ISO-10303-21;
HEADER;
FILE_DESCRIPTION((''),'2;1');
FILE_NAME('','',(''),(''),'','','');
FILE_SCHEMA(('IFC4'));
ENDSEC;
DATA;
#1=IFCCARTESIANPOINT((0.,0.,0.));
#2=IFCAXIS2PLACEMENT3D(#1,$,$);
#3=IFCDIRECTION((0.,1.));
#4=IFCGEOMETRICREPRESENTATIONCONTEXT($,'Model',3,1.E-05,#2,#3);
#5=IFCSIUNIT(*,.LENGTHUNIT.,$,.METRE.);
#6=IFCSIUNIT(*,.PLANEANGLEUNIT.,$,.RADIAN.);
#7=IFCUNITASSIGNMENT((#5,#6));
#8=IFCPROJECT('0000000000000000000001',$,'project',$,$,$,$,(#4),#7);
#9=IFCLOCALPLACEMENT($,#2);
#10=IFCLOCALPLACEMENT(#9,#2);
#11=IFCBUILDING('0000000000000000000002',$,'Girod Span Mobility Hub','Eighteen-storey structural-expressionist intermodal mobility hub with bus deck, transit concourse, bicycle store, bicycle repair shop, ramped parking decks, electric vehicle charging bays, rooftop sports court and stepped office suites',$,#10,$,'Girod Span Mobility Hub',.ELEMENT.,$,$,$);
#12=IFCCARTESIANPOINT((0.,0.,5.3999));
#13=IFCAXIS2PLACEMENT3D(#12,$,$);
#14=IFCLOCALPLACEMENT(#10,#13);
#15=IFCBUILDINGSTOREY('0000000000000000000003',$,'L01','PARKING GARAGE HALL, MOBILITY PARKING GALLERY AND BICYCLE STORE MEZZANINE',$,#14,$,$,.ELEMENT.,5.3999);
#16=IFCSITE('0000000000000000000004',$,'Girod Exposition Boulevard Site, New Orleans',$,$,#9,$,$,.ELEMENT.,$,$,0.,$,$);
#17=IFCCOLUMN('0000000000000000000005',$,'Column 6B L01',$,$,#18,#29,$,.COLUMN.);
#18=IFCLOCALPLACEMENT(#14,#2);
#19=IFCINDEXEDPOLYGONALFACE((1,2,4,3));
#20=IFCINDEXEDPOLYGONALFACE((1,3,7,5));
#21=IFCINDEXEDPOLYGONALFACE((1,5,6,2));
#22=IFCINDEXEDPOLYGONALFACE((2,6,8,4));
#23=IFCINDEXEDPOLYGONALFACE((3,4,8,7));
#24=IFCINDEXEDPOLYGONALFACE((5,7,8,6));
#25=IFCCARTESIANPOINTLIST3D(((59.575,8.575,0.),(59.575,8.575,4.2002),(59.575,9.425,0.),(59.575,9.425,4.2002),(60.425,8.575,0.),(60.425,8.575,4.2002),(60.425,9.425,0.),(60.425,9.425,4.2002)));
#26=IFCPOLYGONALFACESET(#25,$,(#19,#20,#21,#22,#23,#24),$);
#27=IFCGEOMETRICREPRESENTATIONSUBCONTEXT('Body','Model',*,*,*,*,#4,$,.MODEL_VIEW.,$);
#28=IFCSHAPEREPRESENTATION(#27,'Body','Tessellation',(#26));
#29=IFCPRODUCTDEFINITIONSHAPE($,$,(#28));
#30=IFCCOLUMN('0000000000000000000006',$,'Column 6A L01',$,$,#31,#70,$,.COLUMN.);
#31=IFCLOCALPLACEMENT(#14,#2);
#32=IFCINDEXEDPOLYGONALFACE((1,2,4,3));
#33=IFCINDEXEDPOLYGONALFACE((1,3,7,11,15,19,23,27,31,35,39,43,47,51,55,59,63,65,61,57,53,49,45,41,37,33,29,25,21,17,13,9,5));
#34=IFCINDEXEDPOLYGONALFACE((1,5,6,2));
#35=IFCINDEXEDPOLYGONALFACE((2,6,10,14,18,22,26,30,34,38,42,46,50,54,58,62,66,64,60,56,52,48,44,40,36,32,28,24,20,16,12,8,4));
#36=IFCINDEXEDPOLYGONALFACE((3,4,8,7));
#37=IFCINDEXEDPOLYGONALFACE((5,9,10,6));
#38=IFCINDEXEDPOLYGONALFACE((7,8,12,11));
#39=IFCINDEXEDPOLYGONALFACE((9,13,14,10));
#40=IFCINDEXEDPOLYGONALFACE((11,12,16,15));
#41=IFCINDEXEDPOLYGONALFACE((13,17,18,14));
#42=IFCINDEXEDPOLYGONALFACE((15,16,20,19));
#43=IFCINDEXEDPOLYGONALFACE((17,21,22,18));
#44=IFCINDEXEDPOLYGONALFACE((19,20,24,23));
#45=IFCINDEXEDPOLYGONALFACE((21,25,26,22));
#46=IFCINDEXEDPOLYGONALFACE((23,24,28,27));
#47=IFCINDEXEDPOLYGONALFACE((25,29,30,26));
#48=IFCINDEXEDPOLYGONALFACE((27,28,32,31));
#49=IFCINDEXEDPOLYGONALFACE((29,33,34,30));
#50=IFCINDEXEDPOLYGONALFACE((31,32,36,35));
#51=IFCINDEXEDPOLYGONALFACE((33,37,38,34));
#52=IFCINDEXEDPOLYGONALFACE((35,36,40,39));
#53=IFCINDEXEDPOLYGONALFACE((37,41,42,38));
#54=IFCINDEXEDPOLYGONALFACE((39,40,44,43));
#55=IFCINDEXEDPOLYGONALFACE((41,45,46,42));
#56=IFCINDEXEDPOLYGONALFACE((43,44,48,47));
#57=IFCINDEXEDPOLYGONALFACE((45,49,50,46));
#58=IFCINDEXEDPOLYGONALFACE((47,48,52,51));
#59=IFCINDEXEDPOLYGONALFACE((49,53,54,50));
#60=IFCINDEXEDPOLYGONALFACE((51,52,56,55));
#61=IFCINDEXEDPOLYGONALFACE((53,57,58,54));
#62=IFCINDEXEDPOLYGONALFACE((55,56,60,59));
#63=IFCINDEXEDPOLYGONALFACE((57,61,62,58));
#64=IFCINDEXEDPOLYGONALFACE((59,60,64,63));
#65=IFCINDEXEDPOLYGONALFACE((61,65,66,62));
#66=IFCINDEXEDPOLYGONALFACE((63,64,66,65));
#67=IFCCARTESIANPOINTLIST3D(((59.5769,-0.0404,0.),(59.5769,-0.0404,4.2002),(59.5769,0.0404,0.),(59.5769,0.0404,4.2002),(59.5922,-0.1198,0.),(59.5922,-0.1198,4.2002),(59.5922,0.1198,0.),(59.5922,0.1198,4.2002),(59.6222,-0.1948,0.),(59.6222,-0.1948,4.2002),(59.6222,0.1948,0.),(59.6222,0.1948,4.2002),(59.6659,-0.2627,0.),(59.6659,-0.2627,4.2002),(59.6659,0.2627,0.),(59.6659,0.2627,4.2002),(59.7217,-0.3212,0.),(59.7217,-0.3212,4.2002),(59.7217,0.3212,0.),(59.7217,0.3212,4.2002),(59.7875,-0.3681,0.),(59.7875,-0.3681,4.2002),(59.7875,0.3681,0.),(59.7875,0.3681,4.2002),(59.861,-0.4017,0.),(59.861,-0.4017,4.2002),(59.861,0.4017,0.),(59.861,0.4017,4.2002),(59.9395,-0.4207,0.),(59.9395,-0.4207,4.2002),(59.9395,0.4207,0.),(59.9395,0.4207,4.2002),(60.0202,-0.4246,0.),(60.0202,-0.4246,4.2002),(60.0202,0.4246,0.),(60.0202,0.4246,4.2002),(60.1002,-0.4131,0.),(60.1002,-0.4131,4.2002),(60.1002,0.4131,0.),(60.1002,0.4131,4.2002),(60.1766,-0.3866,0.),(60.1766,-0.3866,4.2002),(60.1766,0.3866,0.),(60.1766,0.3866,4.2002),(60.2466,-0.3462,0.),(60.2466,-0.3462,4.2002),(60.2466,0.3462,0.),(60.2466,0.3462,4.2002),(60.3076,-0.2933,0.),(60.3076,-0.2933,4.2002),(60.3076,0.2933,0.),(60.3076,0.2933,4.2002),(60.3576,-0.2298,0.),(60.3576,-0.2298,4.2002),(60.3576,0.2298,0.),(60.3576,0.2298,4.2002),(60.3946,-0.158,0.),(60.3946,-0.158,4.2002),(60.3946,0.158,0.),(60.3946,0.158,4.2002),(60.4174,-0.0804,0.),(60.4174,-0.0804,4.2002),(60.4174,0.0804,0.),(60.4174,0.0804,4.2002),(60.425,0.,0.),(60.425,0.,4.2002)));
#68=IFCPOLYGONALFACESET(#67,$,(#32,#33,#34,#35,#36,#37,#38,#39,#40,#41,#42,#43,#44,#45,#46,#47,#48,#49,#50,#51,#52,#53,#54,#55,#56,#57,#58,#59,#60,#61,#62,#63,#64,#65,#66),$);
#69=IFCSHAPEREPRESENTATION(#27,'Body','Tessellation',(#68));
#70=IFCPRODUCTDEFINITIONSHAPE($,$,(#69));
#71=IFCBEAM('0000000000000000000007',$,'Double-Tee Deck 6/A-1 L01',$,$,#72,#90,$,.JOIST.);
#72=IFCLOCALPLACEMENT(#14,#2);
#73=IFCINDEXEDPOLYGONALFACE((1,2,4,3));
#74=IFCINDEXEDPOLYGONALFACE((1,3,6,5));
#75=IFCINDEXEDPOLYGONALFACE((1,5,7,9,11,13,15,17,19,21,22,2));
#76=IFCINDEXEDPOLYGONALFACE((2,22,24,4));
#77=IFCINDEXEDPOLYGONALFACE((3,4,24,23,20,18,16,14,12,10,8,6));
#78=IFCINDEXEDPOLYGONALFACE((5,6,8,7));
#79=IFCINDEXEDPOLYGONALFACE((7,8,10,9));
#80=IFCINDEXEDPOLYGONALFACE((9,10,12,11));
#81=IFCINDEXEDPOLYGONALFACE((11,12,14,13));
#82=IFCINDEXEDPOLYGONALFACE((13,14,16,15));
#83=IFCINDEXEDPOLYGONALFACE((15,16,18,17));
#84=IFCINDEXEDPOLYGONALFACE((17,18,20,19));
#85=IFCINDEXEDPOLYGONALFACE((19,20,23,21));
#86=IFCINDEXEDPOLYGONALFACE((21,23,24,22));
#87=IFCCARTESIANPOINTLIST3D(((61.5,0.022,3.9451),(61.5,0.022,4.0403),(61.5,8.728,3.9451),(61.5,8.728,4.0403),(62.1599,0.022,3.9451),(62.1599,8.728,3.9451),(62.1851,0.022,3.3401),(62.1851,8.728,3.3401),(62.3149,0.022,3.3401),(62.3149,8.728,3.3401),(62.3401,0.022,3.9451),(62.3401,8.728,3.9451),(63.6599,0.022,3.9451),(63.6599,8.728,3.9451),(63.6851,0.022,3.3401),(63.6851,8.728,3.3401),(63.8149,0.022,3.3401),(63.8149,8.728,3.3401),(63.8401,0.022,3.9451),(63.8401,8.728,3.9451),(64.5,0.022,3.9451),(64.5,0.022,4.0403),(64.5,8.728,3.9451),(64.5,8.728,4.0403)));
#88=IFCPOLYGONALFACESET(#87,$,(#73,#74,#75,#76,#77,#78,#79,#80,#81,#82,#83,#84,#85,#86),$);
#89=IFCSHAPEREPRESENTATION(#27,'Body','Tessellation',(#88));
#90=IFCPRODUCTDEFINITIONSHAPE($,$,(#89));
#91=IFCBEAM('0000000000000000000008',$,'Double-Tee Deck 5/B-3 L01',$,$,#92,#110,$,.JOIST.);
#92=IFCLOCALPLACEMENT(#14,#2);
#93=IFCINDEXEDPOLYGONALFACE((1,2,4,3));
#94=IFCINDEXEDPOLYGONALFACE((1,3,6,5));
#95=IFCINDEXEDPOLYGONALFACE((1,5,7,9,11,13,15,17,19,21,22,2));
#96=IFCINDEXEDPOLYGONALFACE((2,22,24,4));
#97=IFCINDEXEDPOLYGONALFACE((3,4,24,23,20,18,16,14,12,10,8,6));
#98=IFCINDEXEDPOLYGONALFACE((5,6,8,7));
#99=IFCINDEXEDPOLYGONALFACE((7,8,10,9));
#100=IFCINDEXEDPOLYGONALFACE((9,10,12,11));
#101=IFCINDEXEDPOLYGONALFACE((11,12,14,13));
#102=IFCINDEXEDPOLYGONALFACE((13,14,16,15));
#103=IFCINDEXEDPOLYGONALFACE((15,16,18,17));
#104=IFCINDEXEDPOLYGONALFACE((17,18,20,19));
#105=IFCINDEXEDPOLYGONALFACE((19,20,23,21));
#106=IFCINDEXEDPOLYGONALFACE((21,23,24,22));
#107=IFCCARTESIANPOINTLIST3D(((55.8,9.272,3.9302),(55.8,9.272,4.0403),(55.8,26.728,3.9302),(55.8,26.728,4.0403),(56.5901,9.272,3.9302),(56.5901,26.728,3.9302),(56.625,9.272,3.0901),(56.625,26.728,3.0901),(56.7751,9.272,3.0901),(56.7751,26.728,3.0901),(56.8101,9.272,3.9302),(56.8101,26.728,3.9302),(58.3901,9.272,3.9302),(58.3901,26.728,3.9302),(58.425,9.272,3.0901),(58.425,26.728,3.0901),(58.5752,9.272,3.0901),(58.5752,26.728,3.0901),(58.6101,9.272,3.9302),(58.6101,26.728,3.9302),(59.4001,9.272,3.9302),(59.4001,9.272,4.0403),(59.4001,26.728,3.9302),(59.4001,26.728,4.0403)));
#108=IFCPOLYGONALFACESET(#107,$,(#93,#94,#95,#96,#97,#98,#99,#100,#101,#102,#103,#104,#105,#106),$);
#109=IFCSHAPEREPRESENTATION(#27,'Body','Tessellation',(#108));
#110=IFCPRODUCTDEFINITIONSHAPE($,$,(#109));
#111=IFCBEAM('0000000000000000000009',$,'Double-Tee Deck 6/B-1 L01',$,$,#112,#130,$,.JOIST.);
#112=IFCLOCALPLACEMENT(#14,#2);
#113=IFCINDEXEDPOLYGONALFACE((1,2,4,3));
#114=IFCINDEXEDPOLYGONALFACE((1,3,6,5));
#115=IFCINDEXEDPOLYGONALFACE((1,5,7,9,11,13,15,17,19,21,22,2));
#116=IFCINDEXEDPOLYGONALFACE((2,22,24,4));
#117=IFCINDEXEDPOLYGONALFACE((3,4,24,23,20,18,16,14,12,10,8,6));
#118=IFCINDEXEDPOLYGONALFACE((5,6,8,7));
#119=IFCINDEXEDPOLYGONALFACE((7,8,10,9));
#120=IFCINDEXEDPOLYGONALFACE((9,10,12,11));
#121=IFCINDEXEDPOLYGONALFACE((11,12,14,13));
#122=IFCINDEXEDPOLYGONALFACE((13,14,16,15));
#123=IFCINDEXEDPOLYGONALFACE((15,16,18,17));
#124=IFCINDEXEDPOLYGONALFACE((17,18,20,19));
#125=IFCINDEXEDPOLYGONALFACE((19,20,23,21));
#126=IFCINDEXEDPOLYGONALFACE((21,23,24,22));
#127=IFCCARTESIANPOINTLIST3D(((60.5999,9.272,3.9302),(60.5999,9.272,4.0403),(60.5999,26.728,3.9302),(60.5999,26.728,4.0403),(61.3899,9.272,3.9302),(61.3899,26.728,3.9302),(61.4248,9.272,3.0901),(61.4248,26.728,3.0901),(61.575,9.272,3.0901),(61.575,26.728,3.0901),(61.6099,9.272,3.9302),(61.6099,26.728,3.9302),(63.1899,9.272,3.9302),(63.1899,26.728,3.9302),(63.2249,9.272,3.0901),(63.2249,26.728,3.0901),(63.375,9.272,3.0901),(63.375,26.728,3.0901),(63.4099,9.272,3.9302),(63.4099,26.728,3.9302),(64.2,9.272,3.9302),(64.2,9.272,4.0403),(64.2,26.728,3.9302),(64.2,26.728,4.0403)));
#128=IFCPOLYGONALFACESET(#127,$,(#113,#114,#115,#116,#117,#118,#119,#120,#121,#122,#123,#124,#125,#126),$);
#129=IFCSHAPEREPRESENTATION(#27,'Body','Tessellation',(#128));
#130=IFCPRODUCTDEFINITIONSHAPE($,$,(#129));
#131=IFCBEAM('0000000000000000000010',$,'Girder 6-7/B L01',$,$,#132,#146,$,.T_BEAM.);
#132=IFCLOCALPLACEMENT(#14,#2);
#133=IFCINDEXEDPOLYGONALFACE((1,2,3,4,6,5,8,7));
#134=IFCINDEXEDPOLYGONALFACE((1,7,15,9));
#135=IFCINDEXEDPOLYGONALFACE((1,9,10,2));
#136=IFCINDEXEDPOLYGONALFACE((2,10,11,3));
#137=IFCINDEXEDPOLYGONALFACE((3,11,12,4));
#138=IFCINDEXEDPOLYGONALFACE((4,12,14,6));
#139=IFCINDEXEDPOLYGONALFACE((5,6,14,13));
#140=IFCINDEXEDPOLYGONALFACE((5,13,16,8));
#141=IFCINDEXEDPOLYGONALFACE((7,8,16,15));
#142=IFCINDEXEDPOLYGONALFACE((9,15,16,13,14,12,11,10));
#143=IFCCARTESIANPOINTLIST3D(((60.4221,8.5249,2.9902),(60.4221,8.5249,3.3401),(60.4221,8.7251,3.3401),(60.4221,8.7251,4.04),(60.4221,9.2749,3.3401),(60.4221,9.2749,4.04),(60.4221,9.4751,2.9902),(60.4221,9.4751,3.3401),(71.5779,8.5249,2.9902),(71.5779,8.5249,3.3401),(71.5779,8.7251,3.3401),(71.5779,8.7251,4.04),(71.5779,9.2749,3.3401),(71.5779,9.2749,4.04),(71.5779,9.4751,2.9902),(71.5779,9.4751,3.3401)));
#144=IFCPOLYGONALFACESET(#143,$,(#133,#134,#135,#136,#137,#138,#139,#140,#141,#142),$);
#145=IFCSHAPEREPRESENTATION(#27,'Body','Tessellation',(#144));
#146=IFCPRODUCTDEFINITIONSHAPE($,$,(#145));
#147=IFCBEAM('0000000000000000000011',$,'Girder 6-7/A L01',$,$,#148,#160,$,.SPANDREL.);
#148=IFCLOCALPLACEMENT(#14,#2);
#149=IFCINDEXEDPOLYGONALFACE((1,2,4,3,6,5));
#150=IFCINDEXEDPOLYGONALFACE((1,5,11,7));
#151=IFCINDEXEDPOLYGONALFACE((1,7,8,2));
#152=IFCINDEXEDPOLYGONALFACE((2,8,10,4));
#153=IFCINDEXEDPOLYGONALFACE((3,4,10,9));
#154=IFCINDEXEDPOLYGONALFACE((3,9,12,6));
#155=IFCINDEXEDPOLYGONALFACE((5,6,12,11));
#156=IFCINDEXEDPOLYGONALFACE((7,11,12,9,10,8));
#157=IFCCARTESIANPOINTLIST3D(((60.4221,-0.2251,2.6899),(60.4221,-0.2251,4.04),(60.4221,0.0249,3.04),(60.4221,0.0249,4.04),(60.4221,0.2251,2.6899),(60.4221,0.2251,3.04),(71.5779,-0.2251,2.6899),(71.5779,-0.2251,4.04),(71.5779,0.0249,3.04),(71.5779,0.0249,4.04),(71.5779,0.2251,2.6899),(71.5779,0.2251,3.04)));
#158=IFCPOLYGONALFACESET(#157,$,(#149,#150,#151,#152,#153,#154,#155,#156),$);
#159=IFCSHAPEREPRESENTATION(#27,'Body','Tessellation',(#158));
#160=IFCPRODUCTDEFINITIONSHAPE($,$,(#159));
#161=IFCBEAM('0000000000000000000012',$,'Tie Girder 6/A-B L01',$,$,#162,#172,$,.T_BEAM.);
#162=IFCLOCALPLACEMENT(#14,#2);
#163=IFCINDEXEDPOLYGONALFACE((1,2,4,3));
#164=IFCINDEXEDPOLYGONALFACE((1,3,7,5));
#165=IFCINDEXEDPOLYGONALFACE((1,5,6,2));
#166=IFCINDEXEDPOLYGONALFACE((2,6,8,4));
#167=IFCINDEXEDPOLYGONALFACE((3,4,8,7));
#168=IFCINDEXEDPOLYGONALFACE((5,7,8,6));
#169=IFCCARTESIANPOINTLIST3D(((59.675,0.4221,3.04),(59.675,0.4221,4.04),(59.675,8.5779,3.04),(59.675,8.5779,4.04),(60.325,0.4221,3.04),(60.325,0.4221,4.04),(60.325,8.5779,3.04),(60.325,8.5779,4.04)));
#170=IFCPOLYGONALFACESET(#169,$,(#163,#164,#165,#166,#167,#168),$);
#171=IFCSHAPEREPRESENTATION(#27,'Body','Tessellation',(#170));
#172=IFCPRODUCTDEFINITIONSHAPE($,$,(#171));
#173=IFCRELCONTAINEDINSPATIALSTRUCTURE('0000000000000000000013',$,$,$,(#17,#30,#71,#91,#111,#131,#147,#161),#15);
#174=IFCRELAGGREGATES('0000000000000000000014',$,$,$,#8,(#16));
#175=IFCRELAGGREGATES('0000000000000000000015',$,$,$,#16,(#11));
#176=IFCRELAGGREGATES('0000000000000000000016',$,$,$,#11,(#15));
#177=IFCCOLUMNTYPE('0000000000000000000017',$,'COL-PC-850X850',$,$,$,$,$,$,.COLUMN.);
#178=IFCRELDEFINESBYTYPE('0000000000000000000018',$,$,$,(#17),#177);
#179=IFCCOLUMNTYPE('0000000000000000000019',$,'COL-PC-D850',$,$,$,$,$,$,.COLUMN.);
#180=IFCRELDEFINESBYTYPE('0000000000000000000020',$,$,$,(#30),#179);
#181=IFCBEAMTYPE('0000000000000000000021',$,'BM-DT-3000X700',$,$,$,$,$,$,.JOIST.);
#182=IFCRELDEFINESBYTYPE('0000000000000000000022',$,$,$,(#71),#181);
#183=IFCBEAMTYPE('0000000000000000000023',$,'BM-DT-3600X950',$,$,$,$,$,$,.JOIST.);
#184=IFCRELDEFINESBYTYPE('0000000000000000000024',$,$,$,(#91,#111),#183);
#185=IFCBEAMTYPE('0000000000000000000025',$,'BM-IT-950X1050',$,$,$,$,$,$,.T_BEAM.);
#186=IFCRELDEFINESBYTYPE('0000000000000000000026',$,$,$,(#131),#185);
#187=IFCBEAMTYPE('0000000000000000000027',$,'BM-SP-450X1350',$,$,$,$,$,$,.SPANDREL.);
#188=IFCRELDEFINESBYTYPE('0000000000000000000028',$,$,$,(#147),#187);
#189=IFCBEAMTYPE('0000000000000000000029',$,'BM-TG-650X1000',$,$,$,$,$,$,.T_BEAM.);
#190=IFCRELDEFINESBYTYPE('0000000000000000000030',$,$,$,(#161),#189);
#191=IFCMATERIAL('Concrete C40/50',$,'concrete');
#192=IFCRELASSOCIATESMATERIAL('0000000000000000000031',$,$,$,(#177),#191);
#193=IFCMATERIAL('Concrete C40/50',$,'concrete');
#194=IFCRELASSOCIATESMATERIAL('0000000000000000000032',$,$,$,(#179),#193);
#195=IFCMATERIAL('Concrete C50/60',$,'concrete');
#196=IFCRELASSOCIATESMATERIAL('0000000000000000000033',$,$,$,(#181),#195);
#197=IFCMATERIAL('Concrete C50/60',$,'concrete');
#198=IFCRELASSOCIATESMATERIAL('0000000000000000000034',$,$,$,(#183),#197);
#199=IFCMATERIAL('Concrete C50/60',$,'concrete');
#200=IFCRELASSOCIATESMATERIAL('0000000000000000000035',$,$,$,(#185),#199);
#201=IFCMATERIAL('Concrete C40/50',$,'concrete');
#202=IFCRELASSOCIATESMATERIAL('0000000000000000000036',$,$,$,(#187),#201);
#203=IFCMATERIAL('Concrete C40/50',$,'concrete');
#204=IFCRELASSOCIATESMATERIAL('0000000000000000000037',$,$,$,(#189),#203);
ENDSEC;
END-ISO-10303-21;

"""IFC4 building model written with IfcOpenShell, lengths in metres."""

from ifc_helpers import new_model, si_unit, direction, frame, origin, origin_2d, place, context, subcontext, project, spatial, polyline, rectangle, circle, outline, extrude, material, material_profile, profile_set, type_object, element, save


model = new_model("IFC4")

# Units and contexts
model_context = context("Model", 3, precision=1e-05, world=origin(), true_north=direction((0.0, 1.0)))
body_context = subcontext(model_context, "Body", "Model", "MODEL_VIEW")
ifc_project = project(units=[si_unit("LENGTHUNIT", "METRE"), si_unit("PLANEANGLEUNIT", "RADIAN")], contexts=[model_context])

# Site, building, storey
site_placement = place(None, origin())
site = spatial("IfcSite", under=ifc_project, at=site_placement, Name="Girod Exposition Boulevard Site, New Orleans", CompositionType="ELEMENT", RefElevation=0.0)
building_placement = place(site_placement, origin())
building = spatial("IfcBuilding", under=site, at=building_placement, Name="Girod Span Mobility Hub", Description="Eighteen-storey structural-expressionist intermodal mobility hub with bus deck, transit concourse, bicycle store, bicycle repair shop, ramped parking decks, electric vehicle charging bays, rooftop sports court and stepped office suites", LongName="Girod Span Mobility Hub", CompositionType="ELEMENT")
storey_placement = place(building_placement, frame((0.0, 0.0, 5.3999)))
storey = spatial("IfcBuildingStorey", under=building, at=storey_placement, Name="L01", Description="PARKING GARAGE HALL, MOBILITY PARKING GALLERY AND BICYCLE STORE MEZZANINE", CompositionType="ELEMENT", Elevation=5.3999)

# Columns
ifc_material_1 = material(Name="Concrete C40/50", Category="concrete")
ifc_material_profile_1 = material_profile(ifc_material_1, rectangle(XDim=0.8501, YDim=0.8501, at=origin_2d()), Name="PC-COL-850X850")
ifc_profile_set_1 = profile_set([ifc_material_profile_1], Name="Concrete C40/50")
column_type_1 = type_object("IfcColumnType", Name="COL-PC-850X850", PredefinedType="COLUMN", material=ifc_profile_set_1)
column_1_placement = place(storey_placement, frame((60.0, 9.0, 0.0), z_axis=(0.0, 0.0, 1.0), x_axis=(1.0, 0.0, 0.0)))
element("IfcColumn", 1, at=column_1_placement, inside=storey, type_object=column_type_1, Name="Column 6B L01", PredefinedType="COLUMN", context=body_context, shape_type="SweptSolid", body=[
    extrude(rectangle(XDim=0.8501, YDim=0.8501, at=origin_2d()), origin(), (0.0, 0.0, 1.0), 4.2002),
])
ifc_material_2 = material(Name="Concrete C40/50", Category="concrete")
ifc_material_profile_2 = material_profile(ifc_material_2, circle(Radius=0.425, at=origin_2d()), Name="PC-CIR-D850")
ifc_profile_set_2 = profile_set([ifc_material_profile_2], Name="Concrete C40/50")
column_type_2 = type_object("IfcColumnType", Name="COL-PC-D850", PredefinedType="COLUMN", material=ifc_profile_set_2)
column_2_placement = place(storey_placement, frame((60.0, 0.0, 0.0), z_axis=(0.0, 0.0, 1.0), x_axis=(1.0, 0.0, 0.0)))
element("IfcColumn", 2, at=column_2_placement, inside=storey, type_object=column_type_2, Name="Column 6A L01", PredefinedType="COLUMN", context=body_context, shape_type="SweptSolid", body=[
    extrude(circle(Radius=0.425, at=origin_2d()), origin(), (0.0, 0.0, 1.0), 4.2002),
])

# Beams
ifc_material_3 = material(Name="Concrete C50/60", Category="concrete")
ifc_material_profile_3 = material_profile(ifc_material_3, outline(polyline([(-1.5, 0.3501), (-1.5, 0.2549), (-0.8401, 0.2549), (-0.8149, -0.3501), (-0.6851, -0.3501), (-0.6599, 0.2549), (0.6599, 0.2549), (0.6851, -0.3501), (0.8149, -0.3501), (0.8401, 0.2549), (1.5, 0.2549), (1.5, 0.3501), (-1.5, 0.3501)])), Name="DT-3000X700")
ifc_profile_set_3 = profile_set([ifc_material_profile_3], Name="Concrete C50/60")
beam_type_1 = type_object("IfcBeamType", Name="BM-DT-3000X700", PredefinedType="JOIST", material=ifc_profile_set_3)
beam_1_placement = place(storey_placement, frame((63.0, 0.022, 3.6902), z_axis=(0.0, 1.0, 0.0), x_axis=(-1.0, 0.0, 0.0)))
element("IfcBeam", 3, at=beam_1_placement, inside=storey, type_object=beam_type_1, Name="Double-Tee Deck 6/A-1 L01", PredefinedType="JOIST", context=body_context, shape_type="SweptSolid", body=[
    extrude(outline(polyline([(-1.5, 0.3501), (-1.5, 0.2549), (-0.8401, 0.2549), (-0.8149, -0.3501), (-0.6851, -0.3501), (-0.6599, 0.2549), (0.6599, 0.2549), (0.6851, -0.3501), (0.8149, -0.3501), (0.8401, 0.2549), (1.5, 0.2549), (1.5, 0.3501), (-1.5, 0.3501)])), origin(), (0.0, 0.0, 1.0), 8.7061),
])
ifc_material_4 = material(Name="Concrete C50/60", Category="concrete")
ifc_material_profile_4 = material_profile(ifc_material_4, outline(polyline([(-1.8, 0.4751), (-1.8, 0.365), (-1.01, 0.365), (-0.9751, -0.4751), (-0.825, -0.4751), (-0.79, 0.365), (0.79, 0.365), (0.825, -0.4751), (0.9751, -0.4751), (1.01, 0.365), (1.8, 0.365), (1.8, 0.4751), (-1.8, 0.4751)])), Name="DT-3600X950")
ifc_profile_set_4 = profile_set([ifc_material_profile_4], Name="Concrete C50/60")
beam_type_2 = type_object("IfcBeamType", Name="BM-DT-3600X950", PredefinedType="JOIST", material=ifc_profile_set_4)
for number, where, z_axis, x_axis, name in (
    (4, (57.6001, 9.272, 3.5652), (0.0, 1.0, 0.0), (-1.0, 0.0, 0.0), "Double-Tee Deck 5/B-3 L01"),
    (5, (62.3999, 9.272, 3.5652), (0.0, 1.0, 0.0), (-1.0, 0.0, 0.0), "Double-Tee Deck 6/B-1 L01"),
):
    element("IfcBeam", number, at=place(storey_placement, frame(where, z_axis=z_axis, x_axis=x_axis)), inside=storey, type_object=beam_type_2, Name=name, PredefinedType="JOIST", context=body_context, shape_type="SweptSolid", body=[
        extrude(outline(polyline([(-1.8, 0.4751), (-1.8, 0.365), (-1.01, 0.365), (-0.9751, -0.4751), (-0.825, -0.4751), (-0.79, 0.365), (0.79, 0.365), (0.825, -0.4751), (0.9751, -0.4751), (1.01, 0.365), (1.8, 0.365), (1.8, 0.4751), (-1.8, 0.4751)])), origin(), (0.0, 0.0, 1.0), 17.4561),
    ])
ifc_material_5 = material(Name="Concrete C50/60", Category="concrete")
ifc_material_profile_5 = material_profile(ifc_material_5, outline(polyline([(-0.4751, -0.5249), (0.4751, -0.5249), (0.4751, -0.175), (0.2749, -0.175), (0.2749, 0.5249), (-0.2749, 0.5249), (-0.2749, -0.175), (-0.4751, -0.175), (-0.4751, -0.5249)])), Name="IT-950X1050")
ifc_profile_set_5 = profile_set([ifc_material_profile_5], Name="Concrete C50/60")
beam_type_3 = type_object("IfcBeamType", Name="BM-IT-950X1050", PredefinedType="T_BEAM", material=ifc_profile_set_5)
beam_2_placement = place(storey_placement, frame((60.4221, 9.0, 3.5151), z_axis=(1.0, 0.0, 0.0), x_axis=(0.0, 1.0, 0.0)))
element("IfcBeam", 6, at=beam_2_placement, inside=storey, type_object=beam_type_3, Name="Girder 6-7/B L01", PredefinedType="T_BEAM", context=body_context, shape_type="SweptSolid", body=[
    extrude(outline(polyline([(-0.4751, -0.5249), (0.4751, -0.5249), (0.4751, -0.175), (0.2749, -0.175), (0.2749, 0.5249), (-0.2749, 0.5249), (-0.2749, -0.175), (-0.4751, -0.175), (-0.4751, -0.5249)])), origin(), (0.0, 0.0, 1.0), 11.1558),
])
ifc_material_6 = material(Name="Concrete C40/50", Category="concrete")
ifc_material_profile_6 = material_profile(ifc_material_6, outline(polyline([(-0.2251, -0.675), (0.2251, -0.675), (0.2251, -0.325), (0.0249, -0.325), (0.0249, 0.675), (-0.2251, 0.675), (-0.2251, -0.675)])), Name="SP-450X1350")
ifc_profile_set_6 = profile_set([ifc_material_profile_6], Name="Concrete C40/50")
beam_type_4 = type_object("IfcBeamType", Name="BM-SP-450X1350", PredefinedType="SPANDREL", material=ifc_profile_set_6)
beam_3_placement = place(storey_placement, frame((60.4221, 0.0, 3.365), z_axis=(1.0, 0.0, 0.0), x_axis=(0.0, 1.0, 0.0)))
element("IfcBeam", 7, at=beam_3_placement, inside=storey, type_object=beam_type_4, Name="Girder 6-7/A L01", PredefinedType="SPANDREL", context=body_context, shape_type="SweptSolid", body=[
    extrude(outline(polyline([(-0.2251, -0.675), (0.2251, -0.675), (0.2251, -0.325), (0.0249, -0.325), (0.0249, 0.675), (-0.2251, 0.675), (-0.2251, -0.675)])), origin(), (0.0, 0.0, 1.0), 11.1558),
])
ifc_material_7 = material(Name="Concrete C40/50", Category="concrete")
ifc_material_profile_7 = material_profile(ifc_material_7, rectangle(XDim=0.6499, YDim=1.0, at=origin_2d()), Name="TG-650X1000")
ifc_profile_set_7 = profile_set([ifc_material_profile_7], Name="Concrete C40/50")
beam_type_5 = type_object("IfcBeamType", Name="BM-TG-650X1000", PredefinedType="T_BEAM", material=ifc_profile_set_7)
beam_4_placement = place(storey_placement, frame((60.0, 0.4221, 3.54), z_axis=(0.0, 1.0, 0.0), x_axis=(-1.0, 0.0, 0.0)))
element("IfcBeam", 8, at=beam_4_placement, inside=storey, type_object=beam_type_5, Name="Tie Girder 6/A-B L01", PredefinedType="T_BEAM", context=body_context, shape_type="SweptSolid", body=[
    extrude(rectangle(XDim=0.6499, YDim=1.0, at=origin_2d()), origin(), (0.0, 0.0, 1.0), 8.1558),
])

save(model, "model.ifc")
